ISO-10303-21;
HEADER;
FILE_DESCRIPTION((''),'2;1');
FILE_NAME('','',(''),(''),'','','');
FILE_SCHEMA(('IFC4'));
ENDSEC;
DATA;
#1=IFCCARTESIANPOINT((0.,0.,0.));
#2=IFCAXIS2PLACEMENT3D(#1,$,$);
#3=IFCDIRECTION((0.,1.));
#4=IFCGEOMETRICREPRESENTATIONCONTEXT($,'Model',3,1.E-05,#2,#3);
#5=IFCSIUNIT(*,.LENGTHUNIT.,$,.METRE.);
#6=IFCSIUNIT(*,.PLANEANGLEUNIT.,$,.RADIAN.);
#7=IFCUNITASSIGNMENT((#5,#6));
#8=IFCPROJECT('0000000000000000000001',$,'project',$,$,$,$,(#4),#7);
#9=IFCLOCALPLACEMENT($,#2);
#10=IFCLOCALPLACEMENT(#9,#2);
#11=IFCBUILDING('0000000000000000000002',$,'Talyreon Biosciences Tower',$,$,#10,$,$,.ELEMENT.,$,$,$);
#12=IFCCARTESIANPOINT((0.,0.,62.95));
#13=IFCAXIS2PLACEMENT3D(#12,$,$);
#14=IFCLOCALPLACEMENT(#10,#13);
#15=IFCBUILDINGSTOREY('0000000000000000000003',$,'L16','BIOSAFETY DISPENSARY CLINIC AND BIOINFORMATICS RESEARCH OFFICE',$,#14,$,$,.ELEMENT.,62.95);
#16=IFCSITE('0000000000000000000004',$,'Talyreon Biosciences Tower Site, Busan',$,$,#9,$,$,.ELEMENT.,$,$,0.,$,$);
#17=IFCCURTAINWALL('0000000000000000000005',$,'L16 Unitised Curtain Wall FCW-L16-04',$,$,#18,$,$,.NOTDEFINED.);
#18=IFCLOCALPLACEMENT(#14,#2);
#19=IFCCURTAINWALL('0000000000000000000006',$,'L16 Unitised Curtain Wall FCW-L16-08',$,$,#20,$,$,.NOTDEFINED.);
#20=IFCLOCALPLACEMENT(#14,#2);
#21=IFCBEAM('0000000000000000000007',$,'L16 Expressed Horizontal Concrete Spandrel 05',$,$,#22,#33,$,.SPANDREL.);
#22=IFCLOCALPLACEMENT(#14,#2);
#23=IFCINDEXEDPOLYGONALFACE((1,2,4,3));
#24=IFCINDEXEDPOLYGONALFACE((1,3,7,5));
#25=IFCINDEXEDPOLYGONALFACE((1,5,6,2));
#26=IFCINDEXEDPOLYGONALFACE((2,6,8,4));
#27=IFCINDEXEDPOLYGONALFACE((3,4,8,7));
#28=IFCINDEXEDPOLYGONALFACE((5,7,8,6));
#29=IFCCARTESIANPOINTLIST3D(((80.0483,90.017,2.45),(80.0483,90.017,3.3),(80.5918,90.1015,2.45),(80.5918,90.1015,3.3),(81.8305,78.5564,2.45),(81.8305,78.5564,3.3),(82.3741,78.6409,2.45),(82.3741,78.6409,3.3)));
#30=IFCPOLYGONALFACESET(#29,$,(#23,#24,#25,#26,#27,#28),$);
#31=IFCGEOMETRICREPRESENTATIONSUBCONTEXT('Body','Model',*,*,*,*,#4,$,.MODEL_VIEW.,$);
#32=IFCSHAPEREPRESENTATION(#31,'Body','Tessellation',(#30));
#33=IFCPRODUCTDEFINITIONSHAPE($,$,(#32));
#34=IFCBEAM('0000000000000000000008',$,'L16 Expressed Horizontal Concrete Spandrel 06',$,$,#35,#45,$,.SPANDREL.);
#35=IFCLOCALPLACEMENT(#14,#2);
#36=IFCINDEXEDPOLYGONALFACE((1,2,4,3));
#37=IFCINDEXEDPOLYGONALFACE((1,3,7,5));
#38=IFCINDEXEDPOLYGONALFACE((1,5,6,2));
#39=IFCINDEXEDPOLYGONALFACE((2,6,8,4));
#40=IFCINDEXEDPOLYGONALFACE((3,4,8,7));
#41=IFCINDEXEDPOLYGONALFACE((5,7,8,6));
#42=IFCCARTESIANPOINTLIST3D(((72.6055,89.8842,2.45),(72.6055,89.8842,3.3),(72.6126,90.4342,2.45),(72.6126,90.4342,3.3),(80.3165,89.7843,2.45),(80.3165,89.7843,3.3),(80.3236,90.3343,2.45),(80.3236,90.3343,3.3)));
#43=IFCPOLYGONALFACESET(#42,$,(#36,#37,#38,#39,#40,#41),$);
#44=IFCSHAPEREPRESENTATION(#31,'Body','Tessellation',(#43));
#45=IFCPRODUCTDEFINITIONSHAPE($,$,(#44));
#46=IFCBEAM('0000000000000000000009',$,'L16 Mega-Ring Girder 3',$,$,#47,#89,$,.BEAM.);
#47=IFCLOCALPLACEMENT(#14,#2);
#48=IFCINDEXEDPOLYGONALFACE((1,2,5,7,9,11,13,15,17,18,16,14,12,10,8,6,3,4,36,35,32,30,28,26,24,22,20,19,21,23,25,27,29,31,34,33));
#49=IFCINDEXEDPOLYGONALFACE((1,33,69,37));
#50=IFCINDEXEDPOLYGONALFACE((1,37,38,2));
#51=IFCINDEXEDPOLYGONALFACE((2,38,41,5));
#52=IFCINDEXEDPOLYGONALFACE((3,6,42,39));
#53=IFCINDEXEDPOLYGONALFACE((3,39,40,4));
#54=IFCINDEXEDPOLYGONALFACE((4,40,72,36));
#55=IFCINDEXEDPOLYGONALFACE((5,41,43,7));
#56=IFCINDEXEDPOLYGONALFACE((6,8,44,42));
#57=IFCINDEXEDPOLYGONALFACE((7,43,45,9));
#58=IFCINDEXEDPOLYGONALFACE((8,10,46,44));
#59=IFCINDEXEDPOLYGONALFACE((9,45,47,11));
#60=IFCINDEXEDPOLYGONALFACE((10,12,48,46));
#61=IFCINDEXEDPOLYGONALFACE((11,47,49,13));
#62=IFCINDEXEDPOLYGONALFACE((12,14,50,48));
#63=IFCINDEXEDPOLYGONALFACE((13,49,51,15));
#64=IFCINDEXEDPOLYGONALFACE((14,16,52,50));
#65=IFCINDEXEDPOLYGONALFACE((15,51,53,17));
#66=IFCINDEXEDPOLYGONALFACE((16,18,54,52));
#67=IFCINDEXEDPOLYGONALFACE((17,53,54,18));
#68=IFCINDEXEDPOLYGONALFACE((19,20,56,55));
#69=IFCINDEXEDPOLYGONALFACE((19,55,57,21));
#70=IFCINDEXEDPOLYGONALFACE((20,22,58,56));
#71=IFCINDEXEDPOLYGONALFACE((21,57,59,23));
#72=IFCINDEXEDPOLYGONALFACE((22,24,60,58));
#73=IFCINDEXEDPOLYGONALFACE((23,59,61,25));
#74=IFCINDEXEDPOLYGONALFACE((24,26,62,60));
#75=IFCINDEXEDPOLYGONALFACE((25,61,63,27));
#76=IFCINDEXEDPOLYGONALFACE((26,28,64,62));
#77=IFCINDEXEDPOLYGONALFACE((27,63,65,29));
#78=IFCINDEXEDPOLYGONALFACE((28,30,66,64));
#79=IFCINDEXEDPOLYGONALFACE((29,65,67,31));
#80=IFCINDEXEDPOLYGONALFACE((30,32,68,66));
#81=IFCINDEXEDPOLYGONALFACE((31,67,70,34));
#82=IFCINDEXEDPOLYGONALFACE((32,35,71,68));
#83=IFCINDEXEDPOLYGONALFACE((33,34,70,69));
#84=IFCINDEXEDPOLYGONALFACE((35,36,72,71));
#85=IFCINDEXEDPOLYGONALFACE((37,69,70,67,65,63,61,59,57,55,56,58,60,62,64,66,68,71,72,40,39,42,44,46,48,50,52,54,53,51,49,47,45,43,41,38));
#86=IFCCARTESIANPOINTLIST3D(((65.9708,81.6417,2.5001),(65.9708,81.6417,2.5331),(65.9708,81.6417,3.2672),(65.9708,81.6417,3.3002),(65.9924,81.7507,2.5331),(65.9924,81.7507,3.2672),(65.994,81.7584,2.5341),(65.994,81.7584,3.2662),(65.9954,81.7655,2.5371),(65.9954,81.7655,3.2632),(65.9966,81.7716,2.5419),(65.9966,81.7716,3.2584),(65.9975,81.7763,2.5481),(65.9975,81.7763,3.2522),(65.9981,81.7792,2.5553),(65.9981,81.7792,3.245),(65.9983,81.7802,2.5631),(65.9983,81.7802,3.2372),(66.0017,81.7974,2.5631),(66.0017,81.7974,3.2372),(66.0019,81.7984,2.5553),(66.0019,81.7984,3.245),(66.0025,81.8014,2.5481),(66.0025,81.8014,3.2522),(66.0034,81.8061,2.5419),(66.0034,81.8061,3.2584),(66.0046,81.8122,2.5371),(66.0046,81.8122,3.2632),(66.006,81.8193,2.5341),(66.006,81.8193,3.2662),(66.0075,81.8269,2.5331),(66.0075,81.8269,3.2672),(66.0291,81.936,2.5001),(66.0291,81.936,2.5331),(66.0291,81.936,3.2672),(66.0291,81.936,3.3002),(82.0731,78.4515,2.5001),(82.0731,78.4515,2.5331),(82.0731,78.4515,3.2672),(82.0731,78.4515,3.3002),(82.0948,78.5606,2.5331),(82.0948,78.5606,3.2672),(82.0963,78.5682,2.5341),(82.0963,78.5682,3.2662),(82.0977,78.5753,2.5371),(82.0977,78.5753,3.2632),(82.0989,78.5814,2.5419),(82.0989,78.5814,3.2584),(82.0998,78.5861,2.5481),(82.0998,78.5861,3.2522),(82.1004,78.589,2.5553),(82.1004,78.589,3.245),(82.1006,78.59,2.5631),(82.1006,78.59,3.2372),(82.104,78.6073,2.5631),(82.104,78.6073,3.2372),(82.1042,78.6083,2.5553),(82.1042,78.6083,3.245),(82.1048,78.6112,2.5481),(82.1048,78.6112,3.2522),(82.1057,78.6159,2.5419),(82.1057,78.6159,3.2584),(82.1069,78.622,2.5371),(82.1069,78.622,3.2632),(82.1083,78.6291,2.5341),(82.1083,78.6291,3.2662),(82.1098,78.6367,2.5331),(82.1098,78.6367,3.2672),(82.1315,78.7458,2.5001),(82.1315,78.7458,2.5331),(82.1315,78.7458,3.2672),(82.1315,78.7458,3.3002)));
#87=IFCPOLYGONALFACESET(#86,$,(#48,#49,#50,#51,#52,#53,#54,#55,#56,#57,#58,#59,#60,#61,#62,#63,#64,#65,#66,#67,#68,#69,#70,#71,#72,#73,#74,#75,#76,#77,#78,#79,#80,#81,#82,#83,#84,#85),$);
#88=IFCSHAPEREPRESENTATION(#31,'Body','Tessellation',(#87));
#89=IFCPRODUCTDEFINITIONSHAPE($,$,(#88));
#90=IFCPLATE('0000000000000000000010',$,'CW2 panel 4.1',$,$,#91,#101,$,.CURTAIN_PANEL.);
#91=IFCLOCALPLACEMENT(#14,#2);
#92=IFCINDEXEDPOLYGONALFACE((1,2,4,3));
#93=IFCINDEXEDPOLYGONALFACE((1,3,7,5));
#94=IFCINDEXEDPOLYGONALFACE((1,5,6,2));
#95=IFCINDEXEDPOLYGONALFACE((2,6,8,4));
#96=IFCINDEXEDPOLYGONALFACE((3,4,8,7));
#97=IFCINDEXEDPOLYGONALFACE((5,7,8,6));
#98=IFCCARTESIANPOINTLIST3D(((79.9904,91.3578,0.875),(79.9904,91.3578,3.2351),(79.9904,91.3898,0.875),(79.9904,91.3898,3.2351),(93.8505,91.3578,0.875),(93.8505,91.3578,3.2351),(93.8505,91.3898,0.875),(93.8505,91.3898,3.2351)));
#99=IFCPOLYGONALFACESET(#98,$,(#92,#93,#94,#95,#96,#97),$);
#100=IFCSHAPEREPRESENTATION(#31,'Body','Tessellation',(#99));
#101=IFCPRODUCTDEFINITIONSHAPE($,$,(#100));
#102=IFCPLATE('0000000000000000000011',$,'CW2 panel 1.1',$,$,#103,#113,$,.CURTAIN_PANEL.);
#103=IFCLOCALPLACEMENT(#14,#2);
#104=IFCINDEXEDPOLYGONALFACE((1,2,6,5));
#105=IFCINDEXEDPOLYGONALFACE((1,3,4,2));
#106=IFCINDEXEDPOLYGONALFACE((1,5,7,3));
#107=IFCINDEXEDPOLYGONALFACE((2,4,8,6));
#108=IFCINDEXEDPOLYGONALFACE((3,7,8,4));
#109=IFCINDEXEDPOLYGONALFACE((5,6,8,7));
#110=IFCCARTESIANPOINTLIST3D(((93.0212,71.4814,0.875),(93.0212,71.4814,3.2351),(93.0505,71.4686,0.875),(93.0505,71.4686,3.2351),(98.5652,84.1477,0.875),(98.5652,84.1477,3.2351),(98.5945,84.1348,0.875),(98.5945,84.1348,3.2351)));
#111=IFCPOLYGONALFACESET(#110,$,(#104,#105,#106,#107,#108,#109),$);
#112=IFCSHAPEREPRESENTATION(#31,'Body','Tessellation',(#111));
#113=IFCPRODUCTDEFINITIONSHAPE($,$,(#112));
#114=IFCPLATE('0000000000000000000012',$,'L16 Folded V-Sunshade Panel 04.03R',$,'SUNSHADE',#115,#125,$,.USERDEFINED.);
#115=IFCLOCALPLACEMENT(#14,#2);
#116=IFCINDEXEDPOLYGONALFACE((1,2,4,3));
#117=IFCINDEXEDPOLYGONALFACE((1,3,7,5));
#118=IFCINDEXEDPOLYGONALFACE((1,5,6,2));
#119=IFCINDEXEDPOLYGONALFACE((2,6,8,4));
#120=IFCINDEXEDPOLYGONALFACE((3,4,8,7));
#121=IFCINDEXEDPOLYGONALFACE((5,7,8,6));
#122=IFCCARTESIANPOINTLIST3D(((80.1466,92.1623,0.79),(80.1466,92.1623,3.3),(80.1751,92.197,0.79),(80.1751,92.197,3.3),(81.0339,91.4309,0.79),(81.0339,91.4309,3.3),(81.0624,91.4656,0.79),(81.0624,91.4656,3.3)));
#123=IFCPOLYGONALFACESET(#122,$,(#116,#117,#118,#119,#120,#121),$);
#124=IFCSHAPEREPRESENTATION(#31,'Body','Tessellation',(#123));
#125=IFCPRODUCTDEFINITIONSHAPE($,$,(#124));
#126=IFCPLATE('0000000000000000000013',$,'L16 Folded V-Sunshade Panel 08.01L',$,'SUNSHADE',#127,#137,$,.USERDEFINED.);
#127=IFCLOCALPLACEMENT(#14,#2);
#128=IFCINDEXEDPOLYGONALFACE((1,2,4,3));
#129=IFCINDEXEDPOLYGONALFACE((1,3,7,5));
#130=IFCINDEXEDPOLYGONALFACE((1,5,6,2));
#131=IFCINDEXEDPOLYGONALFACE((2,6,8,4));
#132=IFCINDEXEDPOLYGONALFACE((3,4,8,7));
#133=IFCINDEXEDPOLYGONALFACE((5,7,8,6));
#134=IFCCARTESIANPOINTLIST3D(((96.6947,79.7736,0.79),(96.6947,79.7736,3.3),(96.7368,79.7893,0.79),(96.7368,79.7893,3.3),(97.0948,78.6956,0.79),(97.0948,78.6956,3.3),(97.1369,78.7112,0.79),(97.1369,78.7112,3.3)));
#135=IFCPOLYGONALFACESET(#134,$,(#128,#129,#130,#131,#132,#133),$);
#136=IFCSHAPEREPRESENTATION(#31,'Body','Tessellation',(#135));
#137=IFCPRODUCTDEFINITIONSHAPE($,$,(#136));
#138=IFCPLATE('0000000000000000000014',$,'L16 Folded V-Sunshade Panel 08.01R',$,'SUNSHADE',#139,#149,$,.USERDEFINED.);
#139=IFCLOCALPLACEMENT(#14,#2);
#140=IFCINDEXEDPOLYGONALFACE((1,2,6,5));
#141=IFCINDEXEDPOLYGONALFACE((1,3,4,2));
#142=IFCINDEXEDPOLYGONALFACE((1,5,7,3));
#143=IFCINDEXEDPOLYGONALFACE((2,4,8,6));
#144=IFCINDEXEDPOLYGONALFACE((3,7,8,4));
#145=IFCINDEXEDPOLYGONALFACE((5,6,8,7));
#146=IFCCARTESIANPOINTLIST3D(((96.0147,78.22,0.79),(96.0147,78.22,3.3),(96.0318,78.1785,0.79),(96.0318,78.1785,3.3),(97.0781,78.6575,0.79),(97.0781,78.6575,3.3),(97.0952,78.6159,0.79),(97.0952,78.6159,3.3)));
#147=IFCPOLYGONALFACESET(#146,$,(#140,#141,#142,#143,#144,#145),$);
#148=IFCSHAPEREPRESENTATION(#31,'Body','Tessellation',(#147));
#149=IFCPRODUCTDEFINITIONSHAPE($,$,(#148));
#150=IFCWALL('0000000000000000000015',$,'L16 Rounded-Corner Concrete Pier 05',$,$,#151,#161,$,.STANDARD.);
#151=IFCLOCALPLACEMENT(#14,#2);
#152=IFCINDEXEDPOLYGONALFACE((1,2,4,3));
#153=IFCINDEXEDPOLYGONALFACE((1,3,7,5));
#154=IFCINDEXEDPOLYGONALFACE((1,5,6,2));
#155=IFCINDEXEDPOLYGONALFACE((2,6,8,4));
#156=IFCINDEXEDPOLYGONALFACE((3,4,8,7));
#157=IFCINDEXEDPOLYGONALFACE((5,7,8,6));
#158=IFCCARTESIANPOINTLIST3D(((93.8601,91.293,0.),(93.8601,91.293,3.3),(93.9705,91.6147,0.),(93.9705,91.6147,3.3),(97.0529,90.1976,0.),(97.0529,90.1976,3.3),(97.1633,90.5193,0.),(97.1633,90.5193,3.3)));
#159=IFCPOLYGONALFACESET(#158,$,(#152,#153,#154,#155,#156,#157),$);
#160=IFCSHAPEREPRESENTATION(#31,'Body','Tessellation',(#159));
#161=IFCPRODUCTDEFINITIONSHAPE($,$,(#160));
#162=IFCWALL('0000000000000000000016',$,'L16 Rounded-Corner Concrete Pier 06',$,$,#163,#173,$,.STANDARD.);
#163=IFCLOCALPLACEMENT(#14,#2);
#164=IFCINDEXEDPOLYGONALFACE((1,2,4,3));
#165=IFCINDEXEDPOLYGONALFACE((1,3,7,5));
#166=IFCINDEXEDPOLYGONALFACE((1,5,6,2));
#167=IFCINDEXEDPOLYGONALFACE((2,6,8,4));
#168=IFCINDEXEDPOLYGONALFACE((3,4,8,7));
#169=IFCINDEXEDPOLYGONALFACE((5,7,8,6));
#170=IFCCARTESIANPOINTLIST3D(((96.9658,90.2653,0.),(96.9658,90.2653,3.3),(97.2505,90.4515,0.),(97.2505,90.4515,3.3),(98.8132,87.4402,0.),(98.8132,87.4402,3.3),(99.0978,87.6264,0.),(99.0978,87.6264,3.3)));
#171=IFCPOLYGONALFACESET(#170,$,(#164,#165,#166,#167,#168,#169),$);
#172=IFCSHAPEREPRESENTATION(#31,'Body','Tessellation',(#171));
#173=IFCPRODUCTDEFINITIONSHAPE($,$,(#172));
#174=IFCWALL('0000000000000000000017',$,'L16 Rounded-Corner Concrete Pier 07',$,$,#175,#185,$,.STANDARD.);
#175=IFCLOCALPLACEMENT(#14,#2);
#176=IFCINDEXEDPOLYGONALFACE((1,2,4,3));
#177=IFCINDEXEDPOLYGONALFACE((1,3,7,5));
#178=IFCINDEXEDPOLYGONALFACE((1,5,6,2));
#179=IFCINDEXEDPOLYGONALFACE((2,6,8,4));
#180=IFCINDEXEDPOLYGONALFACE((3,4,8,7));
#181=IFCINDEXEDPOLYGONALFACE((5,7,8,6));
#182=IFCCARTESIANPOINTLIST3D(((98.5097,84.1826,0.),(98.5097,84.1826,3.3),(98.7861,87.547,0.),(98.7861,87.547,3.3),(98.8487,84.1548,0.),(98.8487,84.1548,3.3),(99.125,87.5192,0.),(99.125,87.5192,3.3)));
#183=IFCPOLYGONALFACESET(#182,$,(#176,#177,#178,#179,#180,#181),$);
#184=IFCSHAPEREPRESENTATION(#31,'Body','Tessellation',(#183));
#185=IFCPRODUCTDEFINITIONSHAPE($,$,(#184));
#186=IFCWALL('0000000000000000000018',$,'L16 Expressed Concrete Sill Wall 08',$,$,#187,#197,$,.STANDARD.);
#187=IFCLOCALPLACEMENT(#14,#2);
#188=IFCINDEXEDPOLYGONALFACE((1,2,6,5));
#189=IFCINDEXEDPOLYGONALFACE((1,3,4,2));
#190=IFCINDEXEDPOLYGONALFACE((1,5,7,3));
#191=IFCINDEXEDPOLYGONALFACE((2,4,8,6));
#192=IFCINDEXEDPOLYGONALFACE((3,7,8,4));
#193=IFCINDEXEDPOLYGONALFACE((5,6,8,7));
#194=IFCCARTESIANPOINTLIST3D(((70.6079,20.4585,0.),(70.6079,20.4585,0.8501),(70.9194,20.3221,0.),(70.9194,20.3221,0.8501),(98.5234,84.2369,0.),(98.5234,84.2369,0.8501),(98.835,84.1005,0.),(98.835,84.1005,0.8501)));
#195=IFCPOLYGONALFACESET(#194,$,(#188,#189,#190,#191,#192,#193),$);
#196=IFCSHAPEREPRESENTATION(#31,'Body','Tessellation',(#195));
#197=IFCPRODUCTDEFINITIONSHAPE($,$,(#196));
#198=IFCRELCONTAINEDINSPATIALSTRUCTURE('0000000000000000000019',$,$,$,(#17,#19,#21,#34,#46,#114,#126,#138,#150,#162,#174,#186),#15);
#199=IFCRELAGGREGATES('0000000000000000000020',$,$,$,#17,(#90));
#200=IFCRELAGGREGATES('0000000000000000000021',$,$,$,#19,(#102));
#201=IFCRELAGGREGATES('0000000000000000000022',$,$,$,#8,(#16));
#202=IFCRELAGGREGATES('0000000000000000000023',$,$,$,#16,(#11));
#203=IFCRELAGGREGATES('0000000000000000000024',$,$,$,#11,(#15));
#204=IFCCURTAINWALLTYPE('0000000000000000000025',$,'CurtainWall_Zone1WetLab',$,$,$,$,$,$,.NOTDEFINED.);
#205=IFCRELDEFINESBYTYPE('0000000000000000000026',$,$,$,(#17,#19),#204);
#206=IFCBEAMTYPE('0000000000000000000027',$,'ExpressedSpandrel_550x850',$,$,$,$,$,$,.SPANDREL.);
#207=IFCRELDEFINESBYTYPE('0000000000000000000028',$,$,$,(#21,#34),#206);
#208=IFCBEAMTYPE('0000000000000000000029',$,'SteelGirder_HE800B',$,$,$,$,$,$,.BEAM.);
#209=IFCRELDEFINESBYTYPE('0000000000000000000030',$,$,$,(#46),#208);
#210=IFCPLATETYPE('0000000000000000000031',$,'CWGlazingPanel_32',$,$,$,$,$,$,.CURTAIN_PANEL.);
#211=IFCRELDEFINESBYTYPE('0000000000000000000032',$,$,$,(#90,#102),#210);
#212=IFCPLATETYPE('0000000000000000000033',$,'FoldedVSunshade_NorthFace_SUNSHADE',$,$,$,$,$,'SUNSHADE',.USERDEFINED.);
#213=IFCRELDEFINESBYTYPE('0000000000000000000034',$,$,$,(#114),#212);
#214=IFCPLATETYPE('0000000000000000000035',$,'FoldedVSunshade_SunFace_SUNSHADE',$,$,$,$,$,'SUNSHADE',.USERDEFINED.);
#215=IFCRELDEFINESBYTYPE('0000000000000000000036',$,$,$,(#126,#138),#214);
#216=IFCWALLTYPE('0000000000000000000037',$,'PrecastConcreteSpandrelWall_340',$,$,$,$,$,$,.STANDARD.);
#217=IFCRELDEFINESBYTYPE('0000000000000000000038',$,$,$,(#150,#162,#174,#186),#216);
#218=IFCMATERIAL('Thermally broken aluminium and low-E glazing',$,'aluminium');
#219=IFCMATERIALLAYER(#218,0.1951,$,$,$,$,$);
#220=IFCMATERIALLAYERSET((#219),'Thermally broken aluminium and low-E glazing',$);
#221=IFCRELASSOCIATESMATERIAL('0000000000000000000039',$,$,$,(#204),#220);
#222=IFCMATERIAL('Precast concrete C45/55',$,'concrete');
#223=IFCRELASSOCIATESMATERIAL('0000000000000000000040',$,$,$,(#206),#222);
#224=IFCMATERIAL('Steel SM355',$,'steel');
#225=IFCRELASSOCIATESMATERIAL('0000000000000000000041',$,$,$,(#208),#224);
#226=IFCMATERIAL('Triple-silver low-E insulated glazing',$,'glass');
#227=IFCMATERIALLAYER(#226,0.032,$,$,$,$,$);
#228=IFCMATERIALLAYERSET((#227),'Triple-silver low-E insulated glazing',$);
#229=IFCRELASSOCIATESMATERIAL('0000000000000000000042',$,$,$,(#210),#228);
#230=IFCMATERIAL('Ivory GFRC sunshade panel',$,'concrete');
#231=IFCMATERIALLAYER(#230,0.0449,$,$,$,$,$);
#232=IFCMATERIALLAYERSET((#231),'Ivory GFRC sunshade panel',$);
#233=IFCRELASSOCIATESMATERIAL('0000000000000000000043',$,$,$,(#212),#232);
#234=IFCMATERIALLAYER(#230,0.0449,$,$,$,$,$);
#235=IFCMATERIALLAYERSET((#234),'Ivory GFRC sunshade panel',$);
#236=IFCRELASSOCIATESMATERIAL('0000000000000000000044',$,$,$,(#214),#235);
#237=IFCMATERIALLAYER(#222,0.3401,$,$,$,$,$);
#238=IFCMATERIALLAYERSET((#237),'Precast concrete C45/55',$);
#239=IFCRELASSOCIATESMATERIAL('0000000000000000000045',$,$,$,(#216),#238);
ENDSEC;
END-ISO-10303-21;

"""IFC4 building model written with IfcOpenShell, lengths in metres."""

from ifc_helpers import new_model, si_unit, direction, frame, frame_2d, origin, origin_2d, place, context, subcontext, project, spatial, rectangle, i_section, extrude, material, layer, layer_set, material_profile, profile_set, type_object, element, aggregate, save


model = new_model("IFC4")

# Units and contexts
model_context = context("Model", 3, precision=1e-05, world=origin(), true_north=direction((0.0, 1.0)))
body_context = subcontext(model_context, "Body", "Model", "MODEL_VIEW")
ifc_project = project(units=[si_unit("LENGTHUNIT", "METRE"), si_unit("PLANEANGLEUNIT", "RADIAN")], contexts=[model_context])

# Site, building, storey
site_placement = place(None, origin())
site = spatial("IfcSite", under=ifc_project, at=site_placement, Name="Talyreon Biosciences Tower Site, Busan", CompositionType="ELEMENT", RefElevation=0.0)
building_placement = place(site_placement, origin())
building = spatial("IfcBuilding", under=site, at=building_placement, Name="Talyreon Biosciences Tower", CompositionType="ELEMENT")
storey_placement = place(building_placement, frame((0.0, 0.0, 62.95)))
storey = spatial("IfcBuildingStorey", under=building, at=storey_placement, Name="L16", Description="BIOSAFETY DISPENSARY CLINIC AND BIOINFORMATICS RESEARCH OFFICE", CompositionType="ELEMENT", Elevation=62.95)

# Curtain walls
ifc_material_1 = material(Name="Thermally broken aluminium and low-E glazing", Category="aluminium")
ifc_layer_1 = layer(ifc_material_1, 0.1951)
ifc_layer_set_1 = layer_set([ifc_layer_1], Name="Thermally broken aluminium and low-E glazing")
curtain_wall_type = type_object("IfcCurtainWallType", Name="CurtainWall_Zone1WetLab", PredefinedType="NOTDEFINED", material=ifc_layer_set_1)
curtain_wall_1_placement = place(storey_placement, origin())
curtain_wall_1 = element("IfcCurtainWall", 1, at=curtain_wall_1_placement, inside=storey, type_object=curtain_wall_type, Name="L16 Unitised Curtain Wall FCW-L16-04", PredefinedType="NOTDEFINED")
curtain_wall_2_placement = place(storey_placement, origin())
curtain_wall_2 = element("IfcCurtainWall", 2, at=curtain_wall_2_placement, inside=storey, type_object=curtain_wall_type, Name="L16 Unitised Curtain Wall FCW-L16-08", PredefinedType="NOTDEFINED")

# Beams
ifc_material_2 = material(Name="Precast concrete C45/55", Category="concrete")
ifc_material_profile_1 = material_profile(ifc_material_2, rectangle(XDim=0.55, YDim=0.8501, at=origin_2d()), Name="RCB 550x850")
ifc_profile_set_1 = profile_set([ifc_material_profile_1], Name="Precast concrete C45/55")
beam_type_1 = type_object("IfcBeamType", Name="ExpressedSpandrel_550x850", PredefinedType="SPANDREL", material=ifc_profile_set_1)
beam_1_placement = place(storey_placement, frame((82.1023, 78.5986, 2.875), z_axis=(-0.153661, 0.988124, 0.0), x_axis=(-0.988124, -0.153661, 0.0)))
element("IfcBeam", 3, at=beam_1_placement, inside=storey, type_object=beam_type_1, Name="L16 Expressed Horizontal Concrete Spandrel 05", PredefinedType="SPANDREL", context=body_context, shape_type="SweptSolid", body=[
    extrude(rectangle(XDim=0.55, YDim=0.8501, at=origin_2d()), origin(), (0.0, 0.0, 1.0), 11.5984),
])
beam_2_placement = place(storey_placement, frame((80.3201, 90.0593, 2.875), z_axis=(-0.999916, 0.012949, 0.0), x_axis=(-0.012949, -0.999916, 0.0)))
element("IfcBeam", 4, at=beam_2_placement, inside=storey, type_object=beam_type_1, Name="L16 Expressed Horizontal Concrete Spandrel 06", PredefinedType="SPANDREL", context=body_context, shape_type="SweptSolid", body=[
    extrude(rectangle(XDim=0.55, YDim=0.8501, at=origin_2d()), origin(), (0.0, 0.0, 1.0), 7.7117),
])
ifc_material_3 = material(Name="Steel SM355", Category="steel")
ifc_material_profile_2 = material_profile(ifc_material_3, i_section(OverallWidth=0.3, OverallDepth=0.8, WebThickness=0.0176, FlangeThickness=0.033, FilletRadius=0.03, at=origin_2d()), Name="HE800B")
ifc_profile_set_2 = profile_set([ifc_material_profile_2], Name="Steel SM355")
beam_type_2 = type_object("IfcBeamType", Name="SteelGirder_HE800B", PredefinedType="BEAM", material=ifc_profile_set_2)
beam_3_placement = place(storey_placement, frame((82.1023, 78.5986, 2.9001), z_axis=(-0.980934, 0.194343, 0.0), x_axis=(-0.194343, -0.980934, 0.0)))
element("IfcBeam", 5, at=beam_3_placement, inside=storey, type_object=beam_type_2, Name="L16 Mega-Ring Girder 3", PredefinedType="BEAM", context=body_context, shape_type="SweptSolid", body=[
    extrude(i_section(OverallWidth=0.3, OverallDepth=0.8, WebThickness=0.0176, FlangeThickness=0.033, FilletRadius=0.03, at=origin_2d()), origin(), (0.0, 0.0, 1.0), 16.4153),
])

# Plates
ifc_material_4 = material(Name="Triple-silver low-E insulated glazing", Category="glass")
ifc_layer_2 = layer(ifc_material_4, 0.032)
ifc_layer_set_2 = layer_set([ifc_layer_2], Name="Triple-silver low-E insulated glazing")
plate_type_1 = type_object("IfcPlateType", Name="CWGlazingPanel_32", PredefinedType="CURTAIN_PANEL", material=ifc_layer_set_2)
plate_1_placement = place(storey_placement, frame((86.9204, 91.3738, 0.875), z_axis=(0.0, 0.0, 1.0), x_axis=(1.0, 0.0, 0.0)))
plate_1 = element("IfcPlate", 6, at=plate_1_placement, type_object=plate_type_1, Name="CW2 panel 4.1", PredefinedType="CURTAIN_PANEL", context=body_context, shape_type="SweptSolid", body=[
    extrude(rectangle(XDim=13.8601, YDim=0.032, at=origin_2d()), origin(), (0.0, 0.0, 1.0), 2.3601),
])
aggregate(curtain_wall_1, [plate_1])
plate_2_placement = place(storey_placement, frame((95.8079, 77.8081, 0.875), z_axis=(0.0, 0.0, 1.0), x_axis=(-0.400968, -0.916092, 0.0)))
plate_2 = element("IfcPlate", 7, at=plate_2_placement, type_object=plate_type_1, Name="CW2 panel 1.1", PredefinedType="CURTAIN_PANEL", context=body_context, shape_type="SweptSolid", body=[
    extrude(rectangle(XDim=13.8264, YDim=0.032, at=origin_2d()), origin(), (0.0, 0.0, 1.0), 2.3601),
])
aggregate(curtain_wall_2, [plate_2])

# Plates
ifc_material_5 = material(Name="Ivory GFRC sunshade panel", Category="concrete")
ifc_layer_3 = layer(ifc_material_5, 0.0449)
ifc_layer_set_3 = layer_set([ifc_layer_3], Name="Ivory GFRC sunshade panel")
plate_type_2 = type_object("IfcPlateType", Name="FoldedVSunshade_NorthFace_SUNSHADE", ElementType="SUNSHADE", PredefinedType="USERDEFINED", material=ifc_layer_set_3)
plate_3_placement = place(storey_placement, frame((80.6045, 91.814, 0.79), z_axis=(0.0, 0.0, 1.0), x_axis=(0.771625, -0.636078, 0.0)))
element("IfcPlate", 8, at=plate_3_placement, inside=storey, type_object=plate_type_2, Name="L16 Folded V-Sunshade Panel 04.03R", ObjectType="SUNSHADE", PredefinedType="USERDEFINED", context=body_context, shape_type="SweptSolid", body=[
    extrude(rectangle(XDim=1.1499, YDim=0.0449, at=origin_2d()), origin(), (0.0, 0.0, 1.0), 2.51),
])
ifc_layer_4 = layer(ifc_material_5, 0.0449)
ifc_layer_set_4 = layer_set([ifc_layer_4], Name="Ivory GFRC sunshade panel")
plate_type_3 = type_object("IfcPlateType", Name="FoldedVSunshade_SunFace_SUNSHADE", ElementType="SUNSHADE", PredefinedType="USERDEFINED", material=ifc_layer_set_4)
for number, where, z_axis, x_axis, name in (
    (9, (96.9158, 79.2424, 0.79), (0.0, 0.0, 1.0), (0.347934, -0.937519, 0.0), "L16 Folded V-Sunshade Panel 08.01L"),
    (10, (96.5549, 78.418, 0.79), (0.0, 0.0, 1.0), (-0.924805, -0.380441, 0.0), "L16 Folded V-Sunshade Panel 08.01R"),
):
    element("IfcPlate", number, at=place(storey_placement, frame(where, z_axis=z_axis, x_axis=x_axis)), inside=storey, type_object=plate_type_3, Name=name, ObjectType="SUNSHADE", PredefinedType="USERDEFINED", context=body_context, shape_type="SweptSolid", body=[
        extrude(rectangle(XDim=1.1499, YDim=0.0449, at=origin_2d()), origin(), (0.0, 0.0, 1.0), 2.51),
    ])

# Walls
ifc_layer_5 = layer(ifc_material_2, 0.3401)
ifc_layer_set_5 = layer_set([ifc_layer_5], Name="Precast concrete C45/55")
wall_type = type_object("IfcWallType", Name="PrecastConcreteSpandrelWall_340", PredefinedType="STANDARD", material=ifc_layer_set_5)
for number, where, z_axis, x_axis, name in (
    (11, (93.9153, 91.4539, 0.0), (0.0, 0.0, 1.0), (0.945877, -0.324526, 0.0), "L16 Rounded-Corner Concrete Pier 05"),
    (12, (97.1082, 90.3584, 0.0), (0.0, 0.0, 1.0), (0.547284, -0.836947, 0.0), "L16 Rounded-Corner Concrete Pier 06"),
):
    element("IfcWall", number, at=place(storey_placement, frame(where, z_axis=z_axis, x_axis=x_axis)), inside=storey, type_object=wall_type, Name=name, PredefinedType="STANDARD", context=body_context, shape_type="SweptSolid", body=[
        extrude(rectangle(XDim=3.3755, YDim=0.3401, at=frame_2d((1.6877, 0.0))), origin(), (0.0, 0.0, 1.0), 3.3),
    ])
wall_1_placement = place(storey_placement, frame((98.9556, 87.5332, 0.0), z_axis=(0.0, 0.0, 1.0), x_axis=(-0.081866, -0.996643, 0.0)))
element("IfcWall", 13, at=wall_1_placement, inside=storey, type_object=wall_type, Name="L16 Rounded-Corner Concrete Pier 07", PredefinedType="STANDARD", context=body_context, shape_type="SweptSolid", body=[
    extrude(rectangle(XDim=3.3757, YDim=0.3401, at=frame_2d((1.688, 0.0))), origin(), (0.0, 0.0, 1.0), 3.3),
])
wall_2_placement = place(storey_placement, frame((98.6792, 84.1687, 0.0), z_axis=(0.0, 0.0, 1.0), x_axis=(-0.40097, -0.916091, 0.0)))
element("IfcWall", 14, at=wall_2_placement, inside=storey, type_object=wall_type, Name="L16 Expressed Concrete Sill Wall 08", PredefinedType="STANDARD", context=body_context, shape_type="SweptSolid", body=[
    extrude(rectangle(XDim=69.6201, YDim=0.3401, at=frame_2d((34.8101, 0.0))), origin(), (0.0, 0.0, 1.0), 0.8501),
])

save(model, "model.ifc")
